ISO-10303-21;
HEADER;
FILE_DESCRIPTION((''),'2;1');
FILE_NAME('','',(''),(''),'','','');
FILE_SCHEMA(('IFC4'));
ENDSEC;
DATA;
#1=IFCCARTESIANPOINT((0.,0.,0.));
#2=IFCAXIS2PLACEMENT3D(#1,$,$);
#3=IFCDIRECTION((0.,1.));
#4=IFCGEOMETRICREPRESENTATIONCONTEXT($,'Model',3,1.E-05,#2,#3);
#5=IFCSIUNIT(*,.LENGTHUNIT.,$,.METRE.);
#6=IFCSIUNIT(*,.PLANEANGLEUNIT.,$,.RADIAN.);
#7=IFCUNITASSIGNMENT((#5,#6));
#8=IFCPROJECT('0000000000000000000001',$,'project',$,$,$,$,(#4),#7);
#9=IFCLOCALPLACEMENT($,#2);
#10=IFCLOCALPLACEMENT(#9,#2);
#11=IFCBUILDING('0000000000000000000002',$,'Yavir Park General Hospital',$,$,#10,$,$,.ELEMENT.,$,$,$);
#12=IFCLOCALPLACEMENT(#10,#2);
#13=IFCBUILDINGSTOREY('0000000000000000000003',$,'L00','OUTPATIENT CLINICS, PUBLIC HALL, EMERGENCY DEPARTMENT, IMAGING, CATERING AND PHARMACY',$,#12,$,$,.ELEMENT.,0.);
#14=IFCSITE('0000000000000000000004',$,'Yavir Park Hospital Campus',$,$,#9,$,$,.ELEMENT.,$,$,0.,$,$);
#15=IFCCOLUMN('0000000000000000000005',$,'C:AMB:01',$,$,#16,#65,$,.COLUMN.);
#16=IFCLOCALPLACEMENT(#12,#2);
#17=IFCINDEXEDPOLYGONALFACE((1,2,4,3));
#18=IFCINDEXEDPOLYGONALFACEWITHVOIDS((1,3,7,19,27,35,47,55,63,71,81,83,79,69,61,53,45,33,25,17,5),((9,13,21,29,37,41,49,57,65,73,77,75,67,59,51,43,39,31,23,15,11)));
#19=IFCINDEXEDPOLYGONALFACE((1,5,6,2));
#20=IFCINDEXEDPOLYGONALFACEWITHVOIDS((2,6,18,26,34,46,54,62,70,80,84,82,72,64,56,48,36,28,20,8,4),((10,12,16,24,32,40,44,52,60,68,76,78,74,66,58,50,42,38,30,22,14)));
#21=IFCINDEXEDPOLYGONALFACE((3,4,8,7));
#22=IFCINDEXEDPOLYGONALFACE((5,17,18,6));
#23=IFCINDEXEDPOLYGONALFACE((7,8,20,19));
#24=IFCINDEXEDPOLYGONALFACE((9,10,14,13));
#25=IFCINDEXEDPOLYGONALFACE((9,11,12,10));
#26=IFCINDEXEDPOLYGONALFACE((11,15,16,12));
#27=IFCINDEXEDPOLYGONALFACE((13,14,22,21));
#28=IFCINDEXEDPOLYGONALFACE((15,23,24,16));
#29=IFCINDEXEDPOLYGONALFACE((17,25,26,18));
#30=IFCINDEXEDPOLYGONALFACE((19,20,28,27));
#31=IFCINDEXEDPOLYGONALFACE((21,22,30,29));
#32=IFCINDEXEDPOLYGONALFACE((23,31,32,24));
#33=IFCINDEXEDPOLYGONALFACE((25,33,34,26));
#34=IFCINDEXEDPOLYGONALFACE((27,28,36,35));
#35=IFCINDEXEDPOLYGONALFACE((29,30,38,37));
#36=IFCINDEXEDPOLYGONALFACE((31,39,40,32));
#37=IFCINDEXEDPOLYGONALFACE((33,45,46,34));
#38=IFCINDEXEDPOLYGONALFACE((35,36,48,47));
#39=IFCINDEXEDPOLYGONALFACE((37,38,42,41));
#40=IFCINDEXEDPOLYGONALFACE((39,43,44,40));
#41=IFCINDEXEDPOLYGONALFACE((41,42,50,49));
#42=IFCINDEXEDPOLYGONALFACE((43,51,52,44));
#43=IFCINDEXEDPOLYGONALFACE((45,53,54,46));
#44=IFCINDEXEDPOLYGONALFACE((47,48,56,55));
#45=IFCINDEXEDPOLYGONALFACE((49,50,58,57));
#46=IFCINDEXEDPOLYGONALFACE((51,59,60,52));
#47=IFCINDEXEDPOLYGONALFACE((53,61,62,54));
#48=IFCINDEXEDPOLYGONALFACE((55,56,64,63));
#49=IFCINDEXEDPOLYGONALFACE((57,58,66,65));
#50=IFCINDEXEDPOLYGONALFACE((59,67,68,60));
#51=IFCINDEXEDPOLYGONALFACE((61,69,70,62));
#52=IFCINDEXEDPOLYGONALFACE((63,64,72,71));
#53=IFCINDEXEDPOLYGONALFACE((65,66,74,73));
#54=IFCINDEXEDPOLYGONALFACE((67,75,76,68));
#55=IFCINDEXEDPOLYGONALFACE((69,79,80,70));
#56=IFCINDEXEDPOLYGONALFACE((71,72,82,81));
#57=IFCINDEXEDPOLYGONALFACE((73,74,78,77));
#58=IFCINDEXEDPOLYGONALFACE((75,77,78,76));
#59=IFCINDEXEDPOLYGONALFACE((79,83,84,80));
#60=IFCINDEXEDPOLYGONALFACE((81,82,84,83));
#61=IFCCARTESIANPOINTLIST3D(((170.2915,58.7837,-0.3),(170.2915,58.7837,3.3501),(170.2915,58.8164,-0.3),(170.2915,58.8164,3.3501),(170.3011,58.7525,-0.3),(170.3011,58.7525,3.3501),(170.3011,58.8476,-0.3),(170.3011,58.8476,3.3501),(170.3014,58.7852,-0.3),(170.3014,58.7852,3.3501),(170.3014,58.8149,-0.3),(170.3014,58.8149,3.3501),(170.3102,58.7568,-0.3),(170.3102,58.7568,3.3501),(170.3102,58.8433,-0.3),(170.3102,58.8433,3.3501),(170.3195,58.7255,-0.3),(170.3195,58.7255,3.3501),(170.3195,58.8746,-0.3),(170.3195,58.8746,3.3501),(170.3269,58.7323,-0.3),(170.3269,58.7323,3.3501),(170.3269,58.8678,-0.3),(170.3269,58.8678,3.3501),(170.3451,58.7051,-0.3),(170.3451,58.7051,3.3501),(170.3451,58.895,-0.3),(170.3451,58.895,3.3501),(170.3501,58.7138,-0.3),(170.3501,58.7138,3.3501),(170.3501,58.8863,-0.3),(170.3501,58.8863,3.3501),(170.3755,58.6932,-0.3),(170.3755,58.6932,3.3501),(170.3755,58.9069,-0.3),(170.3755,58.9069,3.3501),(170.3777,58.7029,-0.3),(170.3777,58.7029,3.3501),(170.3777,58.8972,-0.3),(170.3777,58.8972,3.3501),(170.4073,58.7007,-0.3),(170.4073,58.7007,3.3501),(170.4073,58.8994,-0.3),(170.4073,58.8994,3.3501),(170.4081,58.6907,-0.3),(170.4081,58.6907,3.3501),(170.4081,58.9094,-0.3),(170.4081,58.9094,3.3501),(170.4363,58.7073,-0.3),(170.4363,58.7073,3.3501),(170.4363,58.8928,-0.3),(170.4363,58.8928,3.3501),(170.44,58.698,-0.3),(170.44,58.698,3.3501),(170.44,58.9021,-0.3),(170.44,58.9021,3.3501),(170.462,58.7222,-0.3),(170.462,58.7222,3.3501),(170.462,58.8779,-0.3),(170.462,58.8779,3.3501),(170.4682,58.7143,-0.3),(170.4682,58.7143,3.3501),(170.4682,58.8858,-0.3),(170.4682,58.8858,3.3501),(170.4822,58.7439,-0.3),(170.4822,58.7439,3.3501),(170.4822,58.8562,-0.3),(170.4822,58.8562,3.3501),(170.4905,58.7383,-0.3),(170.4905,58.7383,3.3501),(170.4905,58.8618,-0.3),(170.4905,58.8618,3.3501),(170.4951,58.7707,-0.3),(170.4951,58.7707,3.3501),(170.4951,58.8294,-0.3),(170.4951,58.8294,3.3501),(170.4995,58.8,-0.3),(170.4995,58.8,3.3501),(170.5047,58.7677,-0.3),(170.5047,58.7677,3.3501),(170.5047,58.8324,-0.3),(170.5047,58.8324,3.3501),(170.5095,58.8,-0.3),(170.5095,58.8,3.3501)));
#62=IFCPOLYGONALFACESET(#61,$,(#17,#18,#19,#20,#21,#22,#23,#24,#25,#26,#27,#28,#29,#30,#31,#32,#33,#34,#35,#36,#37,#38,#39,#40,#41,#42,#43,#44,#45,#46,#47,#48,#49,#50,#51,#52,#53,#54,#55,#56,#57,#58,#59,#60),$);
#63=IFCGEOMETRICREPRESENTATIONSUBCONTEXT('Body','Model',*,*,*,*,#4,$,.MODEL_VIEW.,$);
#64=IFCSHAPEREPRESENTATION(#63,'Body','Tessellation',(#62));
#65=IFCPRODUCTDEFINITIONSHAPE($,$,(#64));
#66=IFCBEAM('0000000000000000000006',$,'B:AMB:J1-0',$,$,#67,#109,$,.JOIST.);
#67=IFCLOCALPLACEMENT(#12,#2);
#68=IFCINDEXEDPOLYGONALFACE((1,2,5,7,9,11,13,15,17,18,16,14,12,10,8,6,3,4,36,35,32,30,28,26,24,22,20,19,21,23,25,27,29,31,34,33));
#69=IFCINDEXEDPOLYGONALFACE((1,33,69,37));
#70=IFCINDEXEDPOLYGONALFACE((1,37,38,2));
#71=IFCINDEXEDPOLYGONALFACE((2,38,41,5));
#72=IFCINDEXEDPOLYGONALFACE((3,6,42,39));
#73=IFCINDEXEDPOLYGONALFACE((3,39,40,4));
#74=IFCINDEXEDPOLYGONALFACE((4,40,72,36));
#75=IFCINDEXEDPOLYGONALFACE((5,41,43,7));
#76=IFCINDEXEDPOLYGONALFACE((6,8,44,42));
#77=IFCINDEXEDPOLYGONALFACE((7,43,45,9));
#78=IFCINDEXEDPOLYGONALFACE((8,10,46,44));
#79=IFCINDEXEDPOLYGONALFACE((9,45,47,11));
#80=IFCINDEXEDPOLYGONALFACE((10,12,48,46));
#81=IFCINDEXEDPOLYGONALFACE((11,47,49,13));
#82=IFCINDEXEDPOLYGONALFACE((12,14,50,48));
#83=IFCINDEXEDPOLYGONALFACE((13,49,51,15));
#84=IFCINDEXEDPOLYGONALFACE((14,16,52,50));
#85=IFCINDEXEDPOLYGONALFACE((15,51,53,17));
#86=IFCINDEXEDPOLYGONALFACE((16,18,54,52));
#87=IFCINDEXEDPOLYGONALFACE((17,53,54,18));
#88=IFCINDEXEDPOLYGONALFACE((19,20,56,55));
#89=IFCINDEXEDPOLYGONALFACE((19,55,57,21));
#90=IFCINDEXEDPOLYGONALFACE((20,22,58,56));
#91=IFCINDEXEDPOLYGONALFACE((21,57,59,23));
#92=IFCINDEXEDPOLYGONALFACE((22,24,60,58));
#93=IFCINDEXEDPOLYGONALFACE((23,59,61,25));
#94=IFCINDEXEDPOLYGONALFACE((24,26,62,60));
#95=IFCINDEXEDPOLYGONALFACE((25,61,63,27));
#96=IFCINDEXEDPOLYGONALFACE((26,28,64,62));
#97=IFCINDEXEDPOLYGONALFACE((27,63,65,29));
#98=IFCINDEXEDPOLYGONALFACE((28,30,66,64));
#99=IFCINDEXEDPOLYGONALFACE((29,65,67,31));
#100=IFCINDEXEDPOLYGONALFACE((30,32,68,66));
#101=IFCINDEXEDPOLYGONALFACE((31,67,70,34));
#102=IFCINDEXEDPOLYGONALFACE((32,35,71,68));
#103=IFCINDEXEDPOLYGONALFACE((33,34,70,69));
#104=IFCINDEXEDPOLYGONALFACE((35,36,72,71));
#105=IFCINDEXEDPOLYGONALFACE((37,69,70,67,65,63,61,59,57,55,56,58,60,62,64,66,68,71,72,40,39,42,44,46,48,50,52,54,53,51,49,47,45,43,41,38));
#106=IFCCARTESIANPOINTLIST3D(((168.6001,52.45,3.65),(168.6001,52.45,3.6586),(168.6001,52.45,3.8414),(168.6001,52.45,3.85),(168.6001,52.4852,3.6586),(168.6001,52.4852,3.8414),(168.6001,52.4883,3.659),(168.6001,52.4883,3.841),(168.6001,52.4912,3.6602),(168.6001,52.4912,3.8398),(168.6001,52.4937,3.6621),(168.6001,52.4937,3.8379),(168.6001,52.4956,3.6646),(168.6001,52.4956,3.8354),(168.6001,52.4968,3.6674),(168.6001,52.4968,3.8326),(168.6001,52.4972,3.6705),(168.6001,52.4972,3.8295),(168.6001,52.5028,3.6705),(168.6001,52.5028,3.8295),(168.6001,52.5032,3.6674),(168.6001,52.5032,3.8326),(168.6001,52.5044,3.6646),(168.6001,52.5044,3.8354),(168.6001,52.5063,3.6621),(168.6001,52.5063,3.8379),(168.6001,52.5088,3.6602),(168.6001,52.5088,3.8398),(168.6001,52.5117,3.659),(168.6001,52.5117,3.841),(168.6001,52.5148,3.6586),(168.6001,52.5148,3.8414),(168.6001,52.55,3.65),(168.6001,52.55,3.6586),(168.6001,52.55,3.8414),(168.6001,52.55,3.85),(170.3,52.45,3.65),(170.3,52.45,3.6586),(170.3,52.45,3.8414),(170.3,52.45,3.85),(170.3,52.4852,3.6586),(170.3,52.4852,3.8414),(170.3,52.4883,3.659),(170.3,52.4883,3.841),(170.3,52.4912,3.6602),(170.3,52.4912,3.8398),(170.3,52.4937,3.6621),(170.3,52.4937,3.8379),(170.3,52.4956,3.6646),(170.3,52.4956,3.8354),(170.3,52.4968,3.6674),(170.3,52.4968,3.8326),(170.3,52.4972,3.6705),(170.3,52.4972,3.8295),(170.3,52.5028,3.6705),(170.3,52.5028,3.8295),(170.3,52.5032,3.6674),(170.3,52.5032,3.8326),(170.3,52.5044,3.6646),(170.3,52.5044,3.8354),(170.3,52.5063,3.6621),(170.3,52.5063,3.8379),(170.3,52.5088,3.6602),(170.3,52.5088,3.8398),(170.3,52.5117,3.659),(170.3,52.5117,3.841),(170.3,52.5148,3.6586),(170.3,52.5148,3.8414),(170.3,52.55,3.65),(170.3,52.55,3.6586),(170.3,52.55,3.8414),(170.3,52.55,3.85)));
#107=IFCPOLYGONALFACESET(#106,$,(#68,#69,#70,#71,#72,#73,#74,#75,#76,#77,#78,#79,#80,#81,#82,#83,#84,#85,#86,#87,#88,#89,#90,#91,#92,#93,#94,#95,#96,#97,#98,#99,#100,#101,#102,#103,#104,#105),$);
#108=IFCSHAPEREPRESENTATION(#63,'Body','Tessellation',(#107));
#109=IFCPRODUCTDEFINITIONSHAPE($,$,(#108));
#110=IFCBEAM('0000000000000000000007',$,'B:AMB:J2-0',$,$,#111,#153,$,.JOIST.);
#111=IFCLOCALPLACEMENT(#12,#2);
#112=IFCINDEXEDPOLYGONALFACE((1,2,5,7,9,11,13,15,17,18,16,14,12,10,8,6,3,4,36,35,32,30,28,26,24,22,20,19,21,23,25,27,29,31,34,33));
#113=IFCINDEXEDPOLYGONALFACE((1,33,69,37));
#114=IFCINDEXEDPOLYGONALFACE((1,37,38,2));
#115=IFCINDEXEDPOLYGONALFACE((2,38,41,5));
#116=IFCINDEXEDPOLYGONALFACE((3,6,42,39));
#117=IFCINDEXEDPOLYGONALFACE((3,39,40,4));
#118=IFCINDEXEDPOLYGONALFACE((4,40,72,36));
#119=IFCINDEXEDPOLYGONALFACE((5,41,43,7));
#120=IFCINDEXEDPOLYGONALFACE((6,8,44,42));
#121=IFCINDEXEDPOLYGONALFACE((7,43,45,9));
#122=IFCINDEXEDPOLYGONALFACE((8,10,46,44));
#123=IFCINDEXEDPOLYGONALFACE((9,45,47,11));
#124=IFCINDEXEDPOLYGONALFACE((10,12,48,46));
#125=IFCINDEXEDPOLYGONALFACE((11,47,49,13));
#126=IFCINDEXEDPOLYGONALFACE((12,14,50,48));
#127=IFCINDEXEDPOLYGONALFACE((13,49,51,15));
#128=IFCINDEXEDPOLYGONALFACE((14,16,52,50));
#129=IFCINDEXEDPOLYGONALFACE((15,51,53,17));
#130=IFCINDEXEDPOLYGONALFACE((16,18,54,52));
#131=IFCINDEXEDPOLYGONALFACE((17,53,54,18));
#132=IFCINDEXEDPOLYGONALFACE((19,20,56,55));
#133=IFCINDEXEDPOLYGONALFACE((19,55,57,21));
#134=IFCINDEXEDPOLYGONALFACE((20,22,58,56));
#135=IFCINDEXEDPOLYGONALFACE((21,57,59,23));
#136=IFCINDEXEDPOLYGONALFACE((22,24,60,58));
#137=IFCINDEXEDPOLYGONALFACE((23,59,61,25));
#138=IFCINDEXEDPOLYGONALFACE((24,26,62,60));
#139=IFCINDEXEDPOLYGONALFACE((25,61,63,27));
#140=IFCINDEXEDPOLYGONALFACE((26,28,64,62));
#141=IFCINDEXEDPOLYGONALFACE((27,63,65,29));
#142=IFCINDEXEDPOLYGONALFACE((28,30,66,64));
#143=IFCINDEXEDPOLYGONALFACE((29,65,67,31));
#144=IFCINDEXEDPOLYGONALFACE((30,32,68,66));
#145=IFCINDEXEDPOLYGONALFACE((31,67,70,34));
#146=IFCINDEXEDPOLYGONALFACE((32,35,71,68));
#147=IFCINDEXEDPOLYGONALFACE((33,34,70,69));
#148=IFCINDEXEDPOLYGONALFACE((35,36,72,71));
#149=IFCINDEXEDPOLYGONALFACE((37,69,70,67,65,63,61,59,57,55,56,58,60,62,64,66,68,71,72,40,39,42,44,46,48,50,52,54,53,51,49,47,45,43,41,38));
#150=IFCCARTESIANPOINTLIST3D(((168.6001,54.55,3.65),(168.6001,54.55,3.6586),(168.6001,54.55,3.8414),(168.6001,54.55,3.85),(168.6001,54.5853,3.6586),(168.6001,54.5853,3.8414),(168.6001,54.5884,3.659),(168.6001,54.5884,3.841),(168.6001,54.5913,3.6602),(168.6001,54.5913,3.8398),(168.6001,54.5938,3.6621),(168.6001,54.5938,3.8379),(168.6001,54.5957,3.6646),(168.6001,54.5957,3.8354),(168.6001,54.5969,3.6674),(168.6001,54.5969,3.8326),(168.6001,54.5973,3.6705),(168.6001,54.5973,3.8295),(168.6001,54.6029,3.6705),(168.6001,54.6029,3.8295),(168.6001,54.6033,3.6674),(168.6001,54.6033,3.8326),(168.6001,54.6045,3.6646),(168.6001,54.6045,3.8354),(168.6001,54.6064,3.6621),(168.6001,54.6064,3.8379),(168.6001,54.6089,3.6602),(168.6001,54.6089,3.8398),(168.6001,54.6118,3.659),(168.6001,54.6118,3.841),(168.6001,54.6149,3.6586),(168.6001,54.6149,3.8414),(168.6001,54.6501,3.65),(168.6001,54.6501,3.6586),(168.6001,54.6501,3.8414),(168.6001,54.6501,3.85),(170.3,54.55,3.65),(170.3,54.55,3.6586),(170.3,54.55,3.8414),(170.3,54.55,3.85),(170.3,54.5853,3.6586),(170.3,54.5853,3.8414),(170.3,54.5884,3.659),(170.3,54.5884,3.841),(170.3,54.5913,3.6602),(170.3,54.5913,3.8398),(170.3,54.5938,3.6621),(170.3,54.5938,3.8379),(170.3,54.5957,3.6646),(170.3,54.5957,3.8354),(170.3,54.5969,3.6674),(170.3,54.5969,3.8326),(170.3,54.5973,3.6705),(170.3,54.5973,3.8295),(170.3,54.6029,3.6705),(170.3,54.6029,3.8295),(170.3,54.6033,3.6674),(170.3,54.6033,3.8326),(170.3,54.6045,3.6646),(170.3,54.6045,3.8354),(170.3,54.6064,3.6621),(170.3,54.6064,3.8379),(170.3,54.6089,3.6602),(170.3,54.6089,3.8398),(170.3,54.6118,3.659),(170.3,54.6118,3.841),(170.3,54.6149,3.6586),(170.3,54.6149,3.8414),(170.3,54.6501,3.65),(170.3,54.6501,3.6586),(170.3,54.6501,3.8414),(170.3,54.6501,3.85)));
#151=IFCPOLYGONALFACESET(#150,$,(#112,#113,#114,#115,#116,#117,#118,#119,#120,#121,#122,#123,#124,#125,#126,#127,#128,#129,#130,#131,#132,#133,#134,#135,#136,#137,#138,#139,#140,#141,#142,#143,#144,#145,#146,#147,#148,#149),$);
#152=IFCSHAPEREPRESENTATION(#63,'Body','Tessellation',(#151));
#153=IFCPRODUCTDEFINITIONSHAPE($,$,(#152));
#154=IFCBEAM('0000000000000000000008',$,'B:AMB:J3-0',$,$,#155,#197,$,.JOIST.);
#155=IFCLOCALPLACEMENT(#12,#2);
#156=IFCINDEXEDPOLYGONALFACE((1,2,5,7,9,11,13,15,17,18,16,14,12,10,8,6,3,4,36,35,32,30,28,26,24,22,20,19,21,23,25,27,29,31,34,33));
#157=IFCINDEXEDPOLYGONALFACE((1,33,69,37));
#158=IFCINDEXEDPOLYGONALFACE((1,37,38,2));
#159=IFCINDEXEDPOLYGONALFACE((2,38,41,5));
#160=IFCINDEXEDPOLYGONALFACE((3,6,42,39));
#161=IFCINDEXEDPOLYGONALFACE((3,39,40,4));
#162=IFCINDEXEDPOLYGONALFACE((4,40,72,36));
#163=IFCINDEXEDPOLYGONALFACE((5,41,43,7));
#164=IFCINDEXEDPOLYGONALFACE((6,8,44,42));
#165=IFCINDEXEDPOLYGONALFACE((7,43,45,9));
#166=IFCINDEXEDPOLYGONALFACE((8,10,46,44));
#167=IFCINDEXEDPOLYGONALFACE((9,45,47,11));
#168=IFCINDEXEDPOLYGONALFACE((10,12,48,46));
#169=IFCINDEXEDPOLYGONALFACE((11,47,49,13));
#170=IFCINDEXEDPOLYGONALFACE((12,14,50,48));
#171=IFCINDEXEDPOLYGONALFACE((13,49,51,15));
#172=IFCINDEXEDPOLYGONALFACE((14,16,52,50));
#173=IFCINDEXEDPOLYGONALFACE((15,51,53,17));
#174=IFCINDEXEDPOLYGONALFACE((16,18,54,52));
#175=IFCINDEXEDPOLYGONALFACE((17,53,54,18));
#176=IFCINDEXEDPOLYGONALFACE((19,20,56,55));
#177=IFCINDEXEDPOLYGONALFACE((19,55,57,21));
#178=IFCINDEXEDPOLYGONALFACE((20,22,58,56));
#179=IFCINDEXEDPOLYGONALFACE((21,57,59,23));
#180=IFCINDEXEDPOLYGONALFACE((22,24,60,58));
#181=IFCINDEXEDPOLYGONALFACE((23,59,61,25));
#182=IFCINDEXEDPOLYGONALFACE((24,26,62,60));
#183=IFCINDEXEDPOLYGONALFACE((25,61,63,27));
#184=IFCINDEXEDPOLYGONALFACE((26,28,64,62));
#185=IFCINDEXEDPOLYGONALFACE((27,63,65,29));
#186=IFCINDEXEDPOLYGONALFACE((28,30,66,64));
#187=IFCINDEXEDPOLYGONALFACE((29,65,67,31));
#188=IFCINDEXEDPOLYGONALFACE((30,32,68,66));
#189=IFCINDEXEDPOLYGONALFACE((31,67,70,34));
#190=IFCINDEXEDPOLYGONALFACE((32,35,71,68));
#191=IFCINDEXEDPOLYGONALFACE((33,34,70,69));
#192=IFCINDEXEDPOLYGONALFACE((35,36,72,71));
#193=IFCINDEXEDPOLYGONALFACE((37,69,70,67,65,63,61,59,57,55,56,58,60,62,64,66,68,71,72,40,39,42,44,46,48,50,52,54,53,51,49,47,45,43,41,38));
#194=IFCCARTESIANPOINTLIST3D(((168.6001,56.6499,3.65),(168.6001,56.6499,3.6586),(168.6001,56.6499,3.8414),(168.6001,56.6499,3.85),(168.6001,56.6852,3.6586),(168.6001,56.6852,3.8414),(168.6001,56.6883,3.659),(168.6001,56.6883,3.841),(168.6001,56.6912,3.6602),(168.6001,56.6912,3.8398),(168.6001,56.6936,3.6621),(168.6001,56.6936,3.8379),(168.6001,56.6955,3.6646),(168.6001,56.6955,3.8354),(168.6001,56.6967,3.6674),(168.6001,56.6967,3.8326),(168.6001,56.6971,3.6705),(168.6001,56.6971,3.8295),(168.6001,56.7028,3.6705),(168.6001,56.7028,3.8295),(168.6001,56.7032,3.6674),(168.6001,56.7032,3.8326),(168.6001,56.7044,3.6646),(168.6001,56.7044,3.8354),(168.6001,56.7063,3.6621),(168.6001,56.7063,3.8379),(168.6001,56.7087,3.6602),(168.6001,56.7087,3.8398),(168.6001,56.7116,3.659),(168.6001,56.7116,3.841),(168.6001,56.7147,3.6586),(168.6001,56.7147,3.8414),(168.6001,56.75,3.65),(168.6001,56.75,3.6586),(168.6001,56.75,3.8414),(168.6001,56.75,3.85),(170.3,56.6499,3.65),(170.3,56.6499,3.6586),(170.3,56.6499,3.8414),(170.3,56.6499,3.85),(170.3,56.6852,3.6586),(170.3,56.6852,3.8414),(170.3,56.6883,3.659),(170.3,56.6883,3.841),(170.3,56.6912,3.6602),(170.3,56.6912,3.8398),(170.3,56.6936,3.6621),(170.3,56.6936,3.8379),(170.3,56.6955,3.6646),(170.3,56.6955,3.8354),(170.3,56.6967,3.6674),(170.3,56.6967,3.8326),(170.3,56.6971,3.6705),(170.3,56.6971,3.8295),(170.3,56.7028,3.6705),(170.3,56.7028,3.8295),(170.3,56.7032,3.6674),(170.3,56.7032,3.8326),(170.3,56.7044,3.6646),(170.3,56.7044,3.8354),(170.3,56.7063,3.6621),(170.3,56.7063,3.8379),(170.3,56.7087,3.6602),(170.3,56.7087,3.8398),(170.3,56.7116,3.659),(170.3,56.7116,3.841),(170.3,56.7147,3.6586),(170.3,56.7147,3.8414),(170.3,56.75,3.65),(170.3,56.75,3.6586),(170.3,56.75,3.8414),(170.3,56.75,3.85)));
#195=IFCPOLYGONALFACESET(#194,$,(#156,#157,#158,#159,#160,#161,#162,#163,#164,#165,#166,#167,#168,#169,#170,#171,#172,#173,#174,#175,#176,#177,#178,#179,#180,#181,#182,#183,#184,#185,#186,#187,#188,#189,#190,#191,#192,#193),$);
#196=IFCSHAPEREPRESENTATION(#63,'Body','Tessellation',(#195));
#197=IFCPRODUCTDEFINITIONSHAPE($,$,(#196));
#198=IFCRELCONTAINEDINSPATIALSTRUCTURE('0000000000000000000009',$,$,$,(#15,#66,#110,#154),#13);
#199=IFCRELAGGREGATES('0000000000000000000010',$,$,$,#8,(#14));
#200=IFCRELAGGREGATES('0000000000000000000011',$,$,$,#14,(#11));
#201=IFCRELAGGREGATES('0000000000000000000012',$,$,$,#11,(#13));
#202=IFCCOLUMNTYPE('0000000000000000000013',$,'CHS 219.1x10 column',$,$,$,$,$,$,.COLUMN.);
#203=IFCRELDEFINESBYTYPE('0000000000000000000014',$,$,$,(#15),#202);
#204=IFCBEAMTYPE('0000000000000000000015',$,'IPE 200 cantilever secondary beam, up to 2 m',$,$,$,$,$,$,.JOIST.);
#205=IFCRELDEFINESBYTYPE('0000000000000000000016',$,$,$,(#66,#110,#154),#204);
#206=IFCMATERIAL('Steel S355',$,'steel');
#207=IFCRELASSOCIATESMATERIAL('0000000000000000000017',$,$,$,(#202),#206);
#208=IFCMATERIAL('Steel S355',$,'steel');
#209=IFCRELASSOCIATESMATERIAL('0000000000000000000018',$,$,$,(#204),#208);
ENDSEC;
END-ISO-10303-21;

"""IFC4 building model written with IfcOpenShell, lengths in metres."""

from ifc_helpers import new_model, si_unit, direction, frame, origin, origin_2d, place, context, subcontext, project, spatial, hollow_circle, i_section, extrude, material, material_profile, profile_set, type_object, element, save


model = new_model("IFC4")

# Units and contexts
model_context = context("Model", 3, precision=1e-05, world=origin(), true_north=direction((0.0, 1.0)))
body_context = subcontext(model_context, "Body", "Model", "MODEL_VIEW")
ifc_project = project(units=[si_unit("LENGTHUNIT", "METRE"), si_unit("PLANEANGLEUNIT", "RADIAN")], contexts=[model_context])

# Site, building, storey
site_placement = place(None, origin())
site = spatial("IfcSite", under=ifc_project, at=site_placement, Name="Yavir Park Hospital Campus", CompositionType="ELEMENT", RefElevation=0.0)
building_placement = place(site_placement, origin())
building = spatial("IfcBuilding", under=site, at=building_placement, Name="Yavir Park General Hospital", CompositionType="ELEMENT")
storey_placement = place(building_placement, origin())
storey = spatial("IfcBuildingStorey", under=building, at=storey_placement, Name="L00", Description="OUTPATIENT CLINICS, PUBLIC HALL, EMERGENCY DEPARTMENT, IMAGING, CATERING AND PHARMACY", CompositionType="ELEMENT", Elevation=0.0)

# Column
ifc_material_1 = material(Name="Steel S355", Category="steel")
ifc_material_profile_1 = material_profile(ifc_material_1, hollow_circle(Radius=0.1096, WallThickness=0.01, at=origin_2d()), Name="CHS219.1x10")
ifc_profile_set_1 = profile_set([ifc_material_profile_1], Name="Steel S355")
column_type_1 = type_object("IfcColumnType", Name="CHS 219.1x10 column", PredefinedType="COLUMN", material=ifc_profile_set_1)
column_1_placement = place(storey_placement, frame((170.3999, 58.8, -0.3), z_axis=(0.0, 0.0, 1.0), x_axis=(1.0, 0.0, 0.0)))
element("IfcColumn", 1, at=column_1_placement, inside=storey, type_object=column_type_1, Name="C:AMB:01", PredefinedType="COLUMN", context=body_context, shape_type="SweptSolid", body=[
    extrude(hollow_circle(Radius=0.1096, WallThickness=0.01, at=origin_2d()), origin(), (0.0, 0.0, 1.0), 3.6501),
])

# Beams
ifc_material_2 = material(Name="Steel S355", Category="steel")
ifc_material_profile_2 = material_profile(ifc_material_2, i_section(OverallWidth=0.1001, OverallDepth=0.2, WebThickness=0.0056, FlangeThickness=0.0085, FilletRadius=0.012, at=origin_2d()), Name="IPE200")
ifc_profile_set_2 = profile_set([ifc_material_profile_2], Name="Steel S355")
beam_type_1 = type_object("IfcBeamType", Name="IPE 200 cantilever secondary beam, up to 2 m", PredefinedType="JOIST", material=ifc_profile_set_2)
for number, where, z_axis, x_axis, name in (
    (2, (168.6001, 52.5, 3.75), (1.0, 0.0, 0.0), (0.0, 1.0, 0.0), "B:AMB:J1-0"),
    (3, (168.6001, 54.6001, 3.75), (1.0, 0.0, 0.0), (0.0, 1.0, 0.0), "B:AMB:J2-0"),
    (4, (168.6001, 56.7, 3.75), (1.0, 0.0, 0.0), (0.0, 1.0, 0.0), "B:AMB:J3-0"),
):
    element("IfcBeam", number, at=place(storey_placement, frame(where, z_axis=z_axis, x_axis=x_axis)), inside=storey, type_object=beam_type_1, Name=name, PredefinedType="JOIST", context=body_context, shape_type="SweptSolid", body=[
        extrude(i_section(OverallWidth=0.1001, OverallDepth=0.2, WebThickness=0.0056, FlangeThickness=0.0085, FilletRadius=0.012, at=origin_2d()), origin(), (0.0, 0.0, 1.0), 1.7),
    ])

save(model, "model.ifc")
